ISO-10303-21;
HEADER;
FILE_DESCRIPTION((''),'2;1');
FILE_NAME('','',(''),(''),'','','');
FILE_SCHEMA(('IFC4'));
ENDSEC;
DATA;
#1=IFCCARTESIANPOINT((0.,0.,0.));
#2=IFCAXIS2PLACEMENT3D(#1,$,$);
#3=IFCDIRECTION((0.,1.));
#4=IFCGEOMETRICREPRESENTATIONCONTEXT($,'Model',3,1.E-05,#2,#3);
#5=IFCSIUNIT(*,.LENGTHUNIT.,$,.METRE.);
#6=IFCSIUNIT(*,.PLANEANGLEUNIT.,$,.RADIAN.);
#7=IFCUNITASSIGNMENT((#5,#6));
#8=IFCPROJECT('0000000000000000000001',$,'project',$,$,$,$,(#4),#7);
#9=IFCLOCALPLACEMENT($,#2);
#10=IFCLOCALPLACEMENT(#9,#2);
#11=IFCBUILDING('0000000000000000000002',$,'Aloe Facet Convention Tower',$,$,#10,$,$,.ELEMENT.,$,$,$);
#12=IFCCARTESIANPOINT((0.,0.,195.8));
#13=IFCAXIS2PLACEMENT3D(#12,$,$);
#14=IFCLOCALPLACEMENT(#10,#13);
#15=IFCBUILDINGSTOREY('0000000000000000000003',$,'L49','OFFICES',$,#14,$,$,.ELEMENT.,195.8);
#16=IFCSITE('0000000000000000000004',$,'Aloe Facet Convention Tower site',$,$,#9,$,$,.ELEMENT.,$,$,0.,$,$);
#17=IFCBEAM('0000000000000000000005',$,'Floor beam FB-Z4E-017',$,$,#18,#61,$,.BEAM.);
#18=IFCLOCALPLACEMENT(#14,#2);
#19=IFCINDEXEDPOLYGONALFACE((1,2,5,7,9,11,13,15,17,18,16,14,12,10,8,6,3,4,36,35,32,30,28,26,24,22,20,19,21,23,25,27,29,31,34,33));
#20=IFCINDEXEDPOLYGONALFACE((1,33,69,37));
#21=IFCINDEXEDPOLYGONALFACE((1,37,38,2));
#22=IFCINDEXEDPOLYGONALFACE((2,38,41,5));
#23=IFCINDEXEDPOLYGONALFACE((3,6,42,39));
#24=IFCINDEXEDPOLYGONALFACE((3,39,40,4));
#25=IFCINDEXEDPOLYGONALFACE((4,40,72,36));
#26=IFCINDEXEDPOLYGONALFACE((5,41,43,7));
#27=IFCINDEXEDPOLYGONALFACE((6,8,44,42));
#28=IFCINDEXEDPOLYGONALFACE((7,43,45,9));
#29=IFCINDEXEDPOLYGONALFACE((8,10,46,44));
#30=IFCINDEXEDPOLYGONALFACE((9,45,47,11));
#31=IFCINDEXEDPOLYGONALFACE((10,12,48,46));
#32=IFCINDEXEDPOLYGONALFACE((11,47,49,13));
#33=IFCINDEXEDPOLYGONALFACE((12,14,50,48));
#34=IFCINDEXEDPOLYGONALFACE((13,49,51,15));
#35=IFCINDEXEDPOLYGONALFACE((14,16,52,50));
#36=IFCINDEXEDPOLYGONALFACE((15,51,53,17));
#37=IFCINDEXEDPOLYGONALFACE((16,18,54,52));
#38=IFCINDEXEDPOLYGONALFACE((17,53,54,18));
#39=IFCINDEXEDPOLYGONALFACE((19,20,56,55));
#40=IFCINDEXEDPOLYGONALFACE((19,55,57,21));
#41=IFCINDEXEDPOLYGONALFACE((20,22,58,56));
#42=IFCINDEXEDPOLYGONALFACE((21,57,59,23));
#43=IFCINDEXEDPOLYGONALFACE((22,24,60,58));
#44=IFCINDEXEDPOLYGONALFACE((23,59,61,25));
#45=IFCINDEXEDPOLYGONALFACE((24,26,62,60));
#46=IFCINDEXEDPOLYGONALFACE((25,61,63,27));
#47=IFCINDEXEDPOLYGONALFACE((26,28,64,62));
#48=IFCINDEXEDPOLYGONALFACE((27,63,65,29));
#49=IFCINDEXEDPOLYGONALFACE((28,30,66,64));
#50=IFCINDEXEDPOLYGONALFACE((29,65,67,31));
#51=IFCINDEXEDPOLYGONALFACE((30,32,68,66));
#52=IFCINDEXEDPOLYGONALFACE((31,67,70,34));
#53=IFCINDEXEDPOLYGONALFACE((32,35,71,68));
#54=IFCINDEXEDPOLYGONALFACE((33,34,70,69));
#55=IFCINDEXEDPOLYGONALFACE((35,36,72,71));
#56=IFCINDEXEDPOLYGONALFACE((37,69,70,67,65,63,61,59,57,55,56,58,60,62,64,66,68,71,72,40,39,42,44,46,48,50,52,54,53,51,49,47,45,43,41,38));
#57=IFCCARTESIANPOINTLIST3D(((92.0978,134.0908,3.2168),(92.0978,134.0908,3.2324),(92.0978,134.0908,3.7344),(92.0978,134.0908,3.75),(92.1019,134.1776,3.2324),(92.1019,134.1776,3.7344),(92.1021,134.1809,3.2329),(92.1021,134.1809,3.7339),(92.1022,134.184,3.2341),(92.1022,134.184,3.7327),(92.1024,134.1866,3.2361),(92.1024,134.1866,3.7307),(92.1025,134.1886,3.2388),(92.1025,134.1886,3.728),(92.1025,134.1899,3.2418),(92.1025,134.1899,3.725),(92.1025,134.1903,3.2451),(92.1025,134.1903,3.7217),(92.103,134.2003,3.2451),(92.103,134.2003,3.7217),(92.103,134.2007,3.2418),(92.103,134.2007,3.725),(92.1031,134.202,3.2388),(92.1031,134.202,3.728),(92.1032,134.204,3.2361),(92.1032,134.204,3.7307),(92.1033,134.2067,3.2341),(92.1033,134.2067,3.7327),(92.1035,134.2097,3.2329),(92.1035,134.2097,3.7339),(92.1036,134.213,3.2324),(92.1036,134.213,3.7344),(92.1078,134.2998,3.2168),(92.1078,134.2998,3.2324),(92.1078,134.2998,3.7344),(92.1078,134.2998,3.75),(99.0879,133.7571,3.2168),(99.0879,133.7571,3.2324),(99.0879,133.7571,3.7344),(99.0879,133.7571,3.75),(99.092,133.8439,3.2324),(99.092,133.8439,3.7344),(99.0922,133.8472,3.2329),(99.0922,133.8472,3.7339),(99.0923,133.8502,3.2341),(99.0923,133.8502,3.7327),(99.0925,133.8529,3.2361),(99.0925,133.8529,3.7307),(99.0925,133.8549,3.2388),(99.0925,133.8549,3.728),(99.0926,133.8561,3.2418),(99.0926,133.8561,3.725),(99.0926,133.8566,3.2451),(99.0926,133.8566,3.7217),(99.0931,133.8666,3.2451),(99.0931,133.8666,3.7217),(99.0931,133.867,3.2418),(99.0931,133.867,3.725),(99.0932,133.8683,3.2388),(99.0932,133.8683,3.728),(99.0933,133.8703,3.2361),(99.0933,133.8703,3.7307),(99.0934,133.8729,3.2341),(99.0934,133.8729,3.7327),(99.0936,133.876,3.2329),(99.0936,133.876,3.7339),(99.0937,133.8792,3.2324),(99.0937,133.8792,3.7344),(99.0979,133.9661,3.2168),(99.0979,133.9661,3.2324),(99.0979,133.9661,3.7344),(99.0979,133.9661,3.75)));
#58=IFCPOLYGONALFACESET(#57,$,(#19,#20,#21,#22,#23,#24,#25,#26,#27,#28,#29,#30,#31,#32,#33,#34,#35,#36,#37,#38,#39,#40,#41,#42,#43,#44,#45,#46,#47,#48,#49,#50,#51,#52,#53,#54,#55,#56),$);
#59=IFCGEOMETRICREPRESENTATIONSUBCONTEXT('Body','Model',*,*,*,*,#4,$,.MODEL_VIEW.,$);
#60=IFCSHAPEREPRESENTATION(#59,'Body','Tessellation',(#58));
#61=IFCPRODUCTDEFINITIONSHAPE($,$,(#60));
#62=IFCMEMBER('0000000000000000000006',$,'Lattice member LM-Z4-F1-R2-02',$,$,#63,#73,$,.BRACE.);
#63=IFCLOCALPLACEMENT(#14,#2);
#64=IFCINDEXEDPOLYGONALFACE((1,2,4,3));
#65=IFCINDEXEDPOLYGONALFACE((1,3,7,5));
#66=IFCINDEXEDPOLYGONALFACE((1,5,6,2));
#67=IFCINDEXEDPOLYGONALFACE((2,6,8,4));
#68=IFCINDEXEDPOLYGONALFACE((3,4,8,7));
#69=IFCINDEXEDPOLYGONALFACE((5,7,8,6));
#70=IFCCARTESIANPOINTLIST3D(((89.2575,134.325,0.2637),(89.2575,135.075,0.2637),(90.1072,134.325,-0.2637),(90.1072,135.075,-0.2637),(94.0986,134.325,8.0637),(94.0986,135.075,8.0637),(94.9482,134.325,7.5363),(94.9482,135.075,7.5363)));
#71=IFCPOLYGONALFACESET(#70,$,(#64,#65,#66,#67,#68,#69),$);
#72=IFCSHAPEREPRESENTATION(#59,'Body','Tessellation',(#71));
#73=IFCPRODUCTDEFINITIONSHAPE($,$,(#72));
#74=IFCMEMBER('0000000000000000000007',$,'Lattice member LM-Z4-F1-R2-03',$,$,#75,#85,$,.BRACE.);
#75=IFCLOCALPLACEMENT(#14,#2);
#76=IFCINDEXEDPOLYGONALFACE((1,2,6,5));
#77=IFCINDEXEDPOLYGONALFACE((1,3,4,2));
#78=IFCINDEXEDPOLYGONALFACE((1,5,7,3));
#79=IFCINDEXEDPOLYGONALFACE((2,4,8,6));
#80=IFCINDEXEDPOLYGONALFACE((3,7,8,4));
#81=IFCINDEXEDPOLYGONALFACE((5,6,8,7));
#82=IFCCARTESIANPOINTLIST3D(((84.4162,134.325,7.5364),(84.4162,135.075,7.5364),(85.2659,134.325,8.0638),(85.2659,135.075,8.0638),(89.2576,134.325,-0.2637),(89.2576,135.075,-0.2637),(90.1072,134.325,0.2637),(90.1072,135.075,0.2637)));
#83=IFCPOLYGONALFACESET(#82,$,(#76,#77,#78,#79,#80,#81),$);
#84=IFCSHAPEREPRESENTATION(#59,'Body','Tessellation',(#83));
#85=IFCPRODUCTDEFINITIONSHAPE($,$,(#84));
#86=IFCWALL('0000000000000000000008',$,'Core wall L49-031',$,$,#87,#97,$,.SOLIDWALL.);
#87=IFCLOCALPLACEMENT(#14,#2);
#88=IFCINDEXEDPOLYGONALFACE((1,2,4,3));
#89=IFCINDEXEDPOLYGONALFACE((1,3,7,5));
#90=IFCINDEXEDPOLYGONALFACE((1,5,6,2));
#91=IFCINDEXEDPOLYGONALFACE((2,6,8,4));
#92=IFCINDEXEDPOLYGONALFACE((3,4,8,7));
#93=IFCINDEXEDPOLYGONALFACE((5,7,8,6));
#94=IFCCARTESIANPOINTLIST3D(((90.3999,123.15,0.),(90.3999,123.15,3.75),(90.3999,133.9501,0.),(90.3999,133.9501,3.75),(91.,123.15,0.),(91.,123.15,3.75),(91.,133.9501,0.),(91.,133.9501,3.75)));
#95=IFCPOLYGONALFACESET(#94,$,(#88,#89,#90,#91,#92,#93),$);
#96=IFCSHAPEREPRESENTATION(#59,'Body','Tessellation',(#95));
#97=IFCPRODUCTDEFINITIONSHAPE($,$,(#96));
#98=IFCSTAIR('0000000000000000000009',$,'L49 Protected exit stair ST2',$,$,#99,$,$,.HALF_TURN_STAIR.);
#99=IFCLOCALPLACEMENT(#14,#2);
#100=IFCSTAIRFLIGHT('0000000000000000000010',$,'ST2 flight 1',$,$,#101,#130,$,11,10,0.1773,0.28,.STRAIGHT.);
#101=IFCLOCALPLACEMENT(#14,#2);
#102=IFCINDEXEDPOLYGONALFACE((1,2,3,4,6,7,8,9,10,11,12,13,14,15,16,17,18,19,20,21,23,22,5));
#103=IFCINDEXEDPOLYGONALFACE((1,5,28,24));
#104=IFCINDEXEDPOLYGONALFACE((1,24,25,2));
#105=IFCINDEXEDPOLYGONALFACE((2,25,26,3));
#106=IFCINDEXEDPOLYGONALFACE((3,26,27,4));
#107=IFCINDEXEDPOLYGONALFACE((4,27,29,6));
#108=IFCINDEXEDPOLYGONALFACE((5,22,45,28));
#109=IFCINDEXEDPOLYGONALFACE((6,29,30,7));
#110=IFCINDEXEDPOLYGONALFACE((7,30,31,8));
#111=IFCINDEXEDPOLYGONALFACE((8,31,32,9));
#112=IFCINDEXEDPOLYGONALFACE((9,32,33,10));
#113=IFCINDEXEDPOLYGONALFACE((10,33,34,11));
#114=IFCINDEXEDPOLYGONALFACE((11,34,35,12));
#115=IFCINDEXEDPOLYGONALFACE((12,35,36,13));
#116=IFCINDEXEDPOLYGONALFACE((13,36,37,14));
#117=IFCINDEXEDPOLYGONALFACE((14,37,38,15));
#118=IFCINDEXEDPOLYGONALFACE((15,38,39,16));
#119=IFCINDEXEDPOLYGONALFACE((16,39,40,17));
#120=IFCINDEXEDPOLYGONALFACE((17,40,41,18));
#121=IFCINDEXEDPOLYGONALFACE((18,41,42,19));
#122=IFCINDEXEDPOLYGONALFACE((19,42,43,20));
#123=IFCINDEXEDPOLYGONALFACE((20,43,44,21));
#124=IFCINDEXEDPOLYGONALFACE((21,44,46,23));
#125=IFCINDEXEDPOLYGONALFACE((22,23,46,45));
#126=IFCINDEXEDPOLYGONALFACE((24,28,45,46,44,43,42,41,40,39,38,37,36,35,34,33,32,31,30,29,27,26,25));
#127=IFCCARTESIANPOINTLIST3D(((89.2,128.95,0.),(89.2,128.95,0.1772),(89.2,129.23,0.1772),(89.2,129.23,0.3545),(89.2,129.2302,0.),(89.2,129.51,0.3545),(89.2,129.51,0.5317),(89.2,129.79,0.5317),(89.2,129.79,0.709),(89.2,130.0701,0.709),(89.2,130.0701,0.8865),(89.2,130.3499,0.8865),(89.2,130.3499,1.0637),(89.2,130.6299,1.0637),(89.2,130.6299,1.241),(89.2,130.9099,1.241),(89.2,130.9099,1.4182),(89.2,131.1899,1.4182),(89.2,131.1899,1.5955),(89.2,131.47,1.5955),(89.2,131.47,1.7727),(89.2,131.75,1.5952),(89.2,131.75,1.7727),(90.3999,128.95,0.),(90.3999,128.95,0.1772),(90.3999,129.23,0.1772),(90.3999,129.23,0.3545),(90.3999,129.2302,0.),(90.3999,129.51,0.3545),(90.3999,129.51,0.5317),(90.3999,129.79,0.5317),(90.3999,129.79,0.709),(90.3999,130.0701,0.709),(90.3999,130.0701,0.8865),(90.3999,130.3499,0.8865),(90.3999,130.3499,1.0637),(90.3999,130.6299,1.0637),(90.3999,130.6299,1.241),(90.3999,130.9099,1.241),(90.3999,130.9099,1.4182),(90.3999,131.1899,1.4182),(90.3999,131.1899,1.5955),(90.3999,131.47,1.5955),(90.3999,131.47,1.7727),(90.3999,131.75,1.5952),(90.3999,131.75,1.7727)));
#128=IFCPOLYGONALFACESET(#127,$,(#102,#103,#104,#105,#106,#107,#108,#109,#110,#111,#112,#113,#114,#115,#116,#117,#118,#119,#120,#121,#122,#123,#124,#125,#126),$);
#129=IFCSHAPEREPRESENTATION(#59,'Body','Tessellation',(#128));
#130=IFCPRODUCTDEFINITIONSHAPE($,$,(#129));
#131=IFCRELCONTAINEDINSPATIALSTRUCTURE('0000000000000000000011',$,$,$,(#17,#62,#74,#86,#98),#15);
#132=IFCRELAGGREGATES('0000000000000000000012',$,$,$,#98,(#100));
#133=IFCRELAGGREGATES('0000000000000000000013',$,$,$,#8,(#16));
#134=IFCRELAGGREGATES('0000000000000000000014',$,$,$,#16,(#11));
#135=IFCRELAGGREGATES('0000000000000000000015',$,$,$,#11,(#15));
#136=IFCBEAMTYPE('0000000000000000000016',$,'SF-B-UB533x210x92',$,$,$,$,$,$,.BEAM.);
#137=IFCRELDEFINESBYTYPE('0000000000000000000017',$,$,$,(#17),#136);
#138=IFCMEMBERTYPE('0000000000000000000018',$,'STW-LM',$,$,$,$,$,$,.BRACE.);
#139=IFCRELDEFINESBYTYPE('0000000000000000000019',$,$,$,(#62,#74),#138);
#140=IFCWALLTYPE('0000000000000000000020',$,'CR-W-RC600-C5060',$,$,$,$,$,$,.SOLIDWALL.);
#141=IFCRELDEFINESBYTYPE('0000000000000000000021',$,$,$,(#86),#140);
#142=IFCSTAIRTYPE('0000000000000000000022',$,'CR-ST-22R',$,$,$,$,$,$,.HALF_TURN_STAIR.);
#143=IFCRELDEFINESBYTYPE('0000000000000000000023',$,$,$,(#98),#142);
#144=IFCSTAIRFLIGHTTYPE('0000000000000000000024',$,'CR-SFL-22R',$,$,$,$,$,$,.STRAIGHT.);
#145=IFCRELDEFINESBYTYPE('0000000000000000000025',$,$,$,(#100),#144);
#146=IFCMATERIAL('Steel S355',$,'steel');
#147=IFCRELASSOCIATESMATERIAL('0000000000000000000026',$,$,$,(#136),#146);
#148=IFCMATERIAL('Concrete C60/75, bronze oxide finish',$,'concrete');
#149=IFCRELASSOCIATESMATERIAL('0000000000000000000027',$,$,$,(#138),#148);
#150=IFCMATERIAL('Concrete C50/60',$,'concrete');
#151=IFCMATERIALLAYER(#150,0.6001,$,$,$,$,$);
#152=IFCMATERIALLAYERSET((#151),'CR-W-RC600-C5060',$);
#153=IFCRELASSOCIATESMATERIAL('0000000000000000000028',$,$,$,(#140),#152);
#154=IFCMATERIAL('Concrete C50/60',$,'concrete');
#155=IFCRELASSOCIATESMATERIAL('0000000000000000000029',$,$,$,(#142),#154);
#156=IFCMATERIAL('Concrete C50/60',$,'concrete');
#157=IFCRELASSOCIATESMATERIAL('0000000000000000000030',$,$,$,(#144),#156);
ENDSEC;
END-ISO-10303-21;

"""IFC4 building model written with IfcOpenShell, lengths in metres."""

from ifc_helpers import new_model, si_unit, direction, frame, frame_2d, origin, origin_2d, place, context, subcontext, project, spatial, polyline, rectangle, i_section, outline, extrude, material, layer, layer_set, material_profile, profile_set, type_object, element, aggregate, save


model = new_model("IFC4")

# Units and contexts
model_context = context("Model", 3, precision=1e-05, world=origin(), true_north=direction((0.0, 1.0)))
body_context = subcontext(model_context, "Body", "Model", "MODEL_VIEW")
ifc_project = project(units=[si_unit("LENGTHUNIT", "METRE"), si_unit("PLANEANGLEUNIT", "RADIAN")], contexts=[model_context])

# Site, building, storey
site_placement = place(None, origin())
site = spatial("IfcSite", under=ifc_project, at=site_placement, Name="Aloe Facet Convention Tower site", CompositionType="ELEMENT", RefElevation=0.0)
building_placement = place(site_placement, origin())
building = spatial("IfcBuilding", under=site, at=building_placement, Name="Aloe Facet Convention Tower", CompositionType="ELEMENT")
storey_placement = place(building_placement, frame((0.0, 0.0, 195.8)))
storey = spatial("IfcBuildingStorey", under=building, at=storey_placement, Name="L49", Description="OFFICES", CompositionType="ELEMENT", Elevation=195.8)

# Beam
ifc_material_1 = material(Name="Steel S355", Category="steel")
ifc_material_profile_1 = material_profile(ifc_material_1, i_section(OverallWidth=0.2092, OverallDepth=0.5332, WebThickness=0.01, FlangeThickness=0.0156, FilletRadius=0.0127, at=origin_2d()), Name="UB 533x210x92")
ifc_profile_set_1 = profile_set([ifc_material_profile_1], Name="Steel S355")
beam_type_1 = type_object("IfcBeamType", Name="SF-B-UB533x210x92", PredefinedType="BEAM", material=ifc_profile_set_1)
beam_1_placement = place(storey_placement, frame((92.1028, 134.1953, 3.4834), z_axis=(0.998862, -0.047691, 0.0), x_axis=(0.047691, 0.998862, 0.0)))
element("IfcBeam", 1, at=beam_1_placement, inside=storey, type_object=beam_type_1, Name="Floor beam FB-Z4E-017", PredefinedType="BEAM", context=body_context, shape_type="SweptSolid", body=[
    extrude(i_section(OverallWidth=0.2092, OverallDepth=0.5332, WebThickness=0.01, FlangeThickness=0.0156, FilletRadius=0.0127, at=origin_2d()), origin(), (0.0, 0.0, 1.0), 6.998),
])

# Members
ifc_material_2 = material(Name="Concrete C60/75, bronze oxide finish", Category="concrete")
ifc_material_profile_2 = material_profile(ifc_material_2, rectangle(XDim=0.75, YDim=1.0, at=origin_2d()), Name="STW-LM")
ifc_profile_set_2 = profile_set([ifc_material_profile_2], Name="Concrete C60/75, bronze oxide finish")
member_type = type_object("IfcMemberType", Name="STW-LM", PredefinedType="BRACE", material=ifc_profile_set_2)
member_1_placement = place(storey_placement, frame((89.6824, 134.7, 0.0), z_axis=(0.527336, 0.0, 0.849657), x_axis=(0.0, 1.0, 0.0)))
element("IfcMember", 2, at=member_1_placement, inside=storey, type_object=member_type, Name="Lattice member LM-Z4-F1-R2-02", PredefinedType="BRACE", context=body_context, shape_type="SweptSolid", body=[
    extrude(rectangle(XDim=0.75, YDim=1.0, at=origin_2d()), origin(), (0.0, 0.0, 1.0), 9.1802),
])
member_2_placement = place(storey_placement, frame((89.6824, 134.7, 0.0), z_axis=(-0.527355, 0.0, 0.849645), x_axis=(0.0, -1.0, 0.0)))
element("IfcMember", 3, at=member_2_placement, inside=storey, type_object=member_type, Name="Lattice member LM-Z4-F1-R2-03", PredefinedType="BRACE", context=body_context, shape_type="SweptSolid", body=[
    extrude(rectangle(XDim=0.75, YDim=1.0, at=origin_2d()), origin(), (0.0, 0.0, 1.0), 9.1804),
])

# Wall
ifc_material_3 = material(Name="Concrete C50/60", Category="concrete")
ifc_layer = layer(ifc_material_3, 0.6001)
ifc_layer_set = layer_set([ifc_layer], Name="CR-W-RC600-C5060")
wall_type = type_object("IfcWallType", Name="CR-W-RC600-C5060", PredefinedType="SOLIDWALL", material=ifc_layer_set)
wall_placement = place(storey_placement, frame((90.7, 133.95, 0.0), z_axis=(0.0, 0.0, 1.0), x_axis=(0.0, -1.0, 0.0)))
element("IfcWall", 4, at=wall_placement, inside=storey, type_object=wall_type, Name="Core wall L49-031", PredefinedType="SOLIDWALL", context=body_context, shape_type="SweptSolid", body=[
    extrude(rectangle(XDim=10.8, YDim=0.6001, at=frame_2d((5.3999, 0.0))), origin(), (0.0, 0.0, 1.0), 3.75),
])

# Stair, stair flight
ifc_material_4 = material(Name="Concrete C50/60", Category="concrete")
stair_type = type_object("IfcStairType", Name="CR-ST-22R", PredefinedType="HALF_TURN_STAIR", material=ifc_material_4)
stair_placement = place(storey_placement, origin())
stair = element("IfcStair", 5, at=stair_placement, inside=storey, type_object=stair_type, Name="L49 Protected exit stair ST2", PredefinedType="HALF_TURN_STAIR")
ifc_material_5 = material(Name="Concrete C50/60", Category="concrete")
stair_flight_type = type_object("IfcStairFlightType", Name="CR-SFL-22R", PredefinedType="STRAIGHT", material=ifc_material_5)
stair_flight_placement = place(storey_placement, frame((89.8, 128.95, 0.0), z_axis=(0.0, 0.0, 1.0), x_axis=(0.0, 1.0, 0.0)))
stair_flight = element("IfcStairFlight", 6, at=stair_flight_placement, type_object=stair_flight_type, Name="ST2 flight 1", NumberOfRisers=11, NumberOfTreads=10, PredefinedType="STRAIGHT", RiserHeight=0.1773, TreadLength=0.28, context=body_context, shape_type="SweptSolid", body=[
    extrude(outline(polyline([(0.0, 0.0), (0.0, 0.1772), (0.28, 0.1772), (0.28, 0.3545), (0.5601, 0.3545), (0.5601, 0.5317), (0.8401, 0.5317), (0.8401, 0.709), (1.1201, 0.709), (1.1201, 0.8865), (1.3999, 0.8865), (1.3999, 1.0637), (1.6799, 1.0637), (1.6799, 1.241), (1.96, 1.241), (1.96, 1.4182), (2.24, 1.4182), (2.24, 1.5955), (2.52, 1.5955), (2.52, 1.7727), (2.8, 1.7727), (2.8, 1.95), (2.8, 1.5952), (0.2803, 0.0), (0.0, 0.0)])), frame((0.0, 0.6001, 0.0), z_axis=(0.0, -1.0, 0.0), x_axis=(1.0, 0.0, 0.0)), (0.0, 0.0, 1.0), 1.2),
])
aggregate(stair, [stair_flight])

save(model, "model.ifc")
